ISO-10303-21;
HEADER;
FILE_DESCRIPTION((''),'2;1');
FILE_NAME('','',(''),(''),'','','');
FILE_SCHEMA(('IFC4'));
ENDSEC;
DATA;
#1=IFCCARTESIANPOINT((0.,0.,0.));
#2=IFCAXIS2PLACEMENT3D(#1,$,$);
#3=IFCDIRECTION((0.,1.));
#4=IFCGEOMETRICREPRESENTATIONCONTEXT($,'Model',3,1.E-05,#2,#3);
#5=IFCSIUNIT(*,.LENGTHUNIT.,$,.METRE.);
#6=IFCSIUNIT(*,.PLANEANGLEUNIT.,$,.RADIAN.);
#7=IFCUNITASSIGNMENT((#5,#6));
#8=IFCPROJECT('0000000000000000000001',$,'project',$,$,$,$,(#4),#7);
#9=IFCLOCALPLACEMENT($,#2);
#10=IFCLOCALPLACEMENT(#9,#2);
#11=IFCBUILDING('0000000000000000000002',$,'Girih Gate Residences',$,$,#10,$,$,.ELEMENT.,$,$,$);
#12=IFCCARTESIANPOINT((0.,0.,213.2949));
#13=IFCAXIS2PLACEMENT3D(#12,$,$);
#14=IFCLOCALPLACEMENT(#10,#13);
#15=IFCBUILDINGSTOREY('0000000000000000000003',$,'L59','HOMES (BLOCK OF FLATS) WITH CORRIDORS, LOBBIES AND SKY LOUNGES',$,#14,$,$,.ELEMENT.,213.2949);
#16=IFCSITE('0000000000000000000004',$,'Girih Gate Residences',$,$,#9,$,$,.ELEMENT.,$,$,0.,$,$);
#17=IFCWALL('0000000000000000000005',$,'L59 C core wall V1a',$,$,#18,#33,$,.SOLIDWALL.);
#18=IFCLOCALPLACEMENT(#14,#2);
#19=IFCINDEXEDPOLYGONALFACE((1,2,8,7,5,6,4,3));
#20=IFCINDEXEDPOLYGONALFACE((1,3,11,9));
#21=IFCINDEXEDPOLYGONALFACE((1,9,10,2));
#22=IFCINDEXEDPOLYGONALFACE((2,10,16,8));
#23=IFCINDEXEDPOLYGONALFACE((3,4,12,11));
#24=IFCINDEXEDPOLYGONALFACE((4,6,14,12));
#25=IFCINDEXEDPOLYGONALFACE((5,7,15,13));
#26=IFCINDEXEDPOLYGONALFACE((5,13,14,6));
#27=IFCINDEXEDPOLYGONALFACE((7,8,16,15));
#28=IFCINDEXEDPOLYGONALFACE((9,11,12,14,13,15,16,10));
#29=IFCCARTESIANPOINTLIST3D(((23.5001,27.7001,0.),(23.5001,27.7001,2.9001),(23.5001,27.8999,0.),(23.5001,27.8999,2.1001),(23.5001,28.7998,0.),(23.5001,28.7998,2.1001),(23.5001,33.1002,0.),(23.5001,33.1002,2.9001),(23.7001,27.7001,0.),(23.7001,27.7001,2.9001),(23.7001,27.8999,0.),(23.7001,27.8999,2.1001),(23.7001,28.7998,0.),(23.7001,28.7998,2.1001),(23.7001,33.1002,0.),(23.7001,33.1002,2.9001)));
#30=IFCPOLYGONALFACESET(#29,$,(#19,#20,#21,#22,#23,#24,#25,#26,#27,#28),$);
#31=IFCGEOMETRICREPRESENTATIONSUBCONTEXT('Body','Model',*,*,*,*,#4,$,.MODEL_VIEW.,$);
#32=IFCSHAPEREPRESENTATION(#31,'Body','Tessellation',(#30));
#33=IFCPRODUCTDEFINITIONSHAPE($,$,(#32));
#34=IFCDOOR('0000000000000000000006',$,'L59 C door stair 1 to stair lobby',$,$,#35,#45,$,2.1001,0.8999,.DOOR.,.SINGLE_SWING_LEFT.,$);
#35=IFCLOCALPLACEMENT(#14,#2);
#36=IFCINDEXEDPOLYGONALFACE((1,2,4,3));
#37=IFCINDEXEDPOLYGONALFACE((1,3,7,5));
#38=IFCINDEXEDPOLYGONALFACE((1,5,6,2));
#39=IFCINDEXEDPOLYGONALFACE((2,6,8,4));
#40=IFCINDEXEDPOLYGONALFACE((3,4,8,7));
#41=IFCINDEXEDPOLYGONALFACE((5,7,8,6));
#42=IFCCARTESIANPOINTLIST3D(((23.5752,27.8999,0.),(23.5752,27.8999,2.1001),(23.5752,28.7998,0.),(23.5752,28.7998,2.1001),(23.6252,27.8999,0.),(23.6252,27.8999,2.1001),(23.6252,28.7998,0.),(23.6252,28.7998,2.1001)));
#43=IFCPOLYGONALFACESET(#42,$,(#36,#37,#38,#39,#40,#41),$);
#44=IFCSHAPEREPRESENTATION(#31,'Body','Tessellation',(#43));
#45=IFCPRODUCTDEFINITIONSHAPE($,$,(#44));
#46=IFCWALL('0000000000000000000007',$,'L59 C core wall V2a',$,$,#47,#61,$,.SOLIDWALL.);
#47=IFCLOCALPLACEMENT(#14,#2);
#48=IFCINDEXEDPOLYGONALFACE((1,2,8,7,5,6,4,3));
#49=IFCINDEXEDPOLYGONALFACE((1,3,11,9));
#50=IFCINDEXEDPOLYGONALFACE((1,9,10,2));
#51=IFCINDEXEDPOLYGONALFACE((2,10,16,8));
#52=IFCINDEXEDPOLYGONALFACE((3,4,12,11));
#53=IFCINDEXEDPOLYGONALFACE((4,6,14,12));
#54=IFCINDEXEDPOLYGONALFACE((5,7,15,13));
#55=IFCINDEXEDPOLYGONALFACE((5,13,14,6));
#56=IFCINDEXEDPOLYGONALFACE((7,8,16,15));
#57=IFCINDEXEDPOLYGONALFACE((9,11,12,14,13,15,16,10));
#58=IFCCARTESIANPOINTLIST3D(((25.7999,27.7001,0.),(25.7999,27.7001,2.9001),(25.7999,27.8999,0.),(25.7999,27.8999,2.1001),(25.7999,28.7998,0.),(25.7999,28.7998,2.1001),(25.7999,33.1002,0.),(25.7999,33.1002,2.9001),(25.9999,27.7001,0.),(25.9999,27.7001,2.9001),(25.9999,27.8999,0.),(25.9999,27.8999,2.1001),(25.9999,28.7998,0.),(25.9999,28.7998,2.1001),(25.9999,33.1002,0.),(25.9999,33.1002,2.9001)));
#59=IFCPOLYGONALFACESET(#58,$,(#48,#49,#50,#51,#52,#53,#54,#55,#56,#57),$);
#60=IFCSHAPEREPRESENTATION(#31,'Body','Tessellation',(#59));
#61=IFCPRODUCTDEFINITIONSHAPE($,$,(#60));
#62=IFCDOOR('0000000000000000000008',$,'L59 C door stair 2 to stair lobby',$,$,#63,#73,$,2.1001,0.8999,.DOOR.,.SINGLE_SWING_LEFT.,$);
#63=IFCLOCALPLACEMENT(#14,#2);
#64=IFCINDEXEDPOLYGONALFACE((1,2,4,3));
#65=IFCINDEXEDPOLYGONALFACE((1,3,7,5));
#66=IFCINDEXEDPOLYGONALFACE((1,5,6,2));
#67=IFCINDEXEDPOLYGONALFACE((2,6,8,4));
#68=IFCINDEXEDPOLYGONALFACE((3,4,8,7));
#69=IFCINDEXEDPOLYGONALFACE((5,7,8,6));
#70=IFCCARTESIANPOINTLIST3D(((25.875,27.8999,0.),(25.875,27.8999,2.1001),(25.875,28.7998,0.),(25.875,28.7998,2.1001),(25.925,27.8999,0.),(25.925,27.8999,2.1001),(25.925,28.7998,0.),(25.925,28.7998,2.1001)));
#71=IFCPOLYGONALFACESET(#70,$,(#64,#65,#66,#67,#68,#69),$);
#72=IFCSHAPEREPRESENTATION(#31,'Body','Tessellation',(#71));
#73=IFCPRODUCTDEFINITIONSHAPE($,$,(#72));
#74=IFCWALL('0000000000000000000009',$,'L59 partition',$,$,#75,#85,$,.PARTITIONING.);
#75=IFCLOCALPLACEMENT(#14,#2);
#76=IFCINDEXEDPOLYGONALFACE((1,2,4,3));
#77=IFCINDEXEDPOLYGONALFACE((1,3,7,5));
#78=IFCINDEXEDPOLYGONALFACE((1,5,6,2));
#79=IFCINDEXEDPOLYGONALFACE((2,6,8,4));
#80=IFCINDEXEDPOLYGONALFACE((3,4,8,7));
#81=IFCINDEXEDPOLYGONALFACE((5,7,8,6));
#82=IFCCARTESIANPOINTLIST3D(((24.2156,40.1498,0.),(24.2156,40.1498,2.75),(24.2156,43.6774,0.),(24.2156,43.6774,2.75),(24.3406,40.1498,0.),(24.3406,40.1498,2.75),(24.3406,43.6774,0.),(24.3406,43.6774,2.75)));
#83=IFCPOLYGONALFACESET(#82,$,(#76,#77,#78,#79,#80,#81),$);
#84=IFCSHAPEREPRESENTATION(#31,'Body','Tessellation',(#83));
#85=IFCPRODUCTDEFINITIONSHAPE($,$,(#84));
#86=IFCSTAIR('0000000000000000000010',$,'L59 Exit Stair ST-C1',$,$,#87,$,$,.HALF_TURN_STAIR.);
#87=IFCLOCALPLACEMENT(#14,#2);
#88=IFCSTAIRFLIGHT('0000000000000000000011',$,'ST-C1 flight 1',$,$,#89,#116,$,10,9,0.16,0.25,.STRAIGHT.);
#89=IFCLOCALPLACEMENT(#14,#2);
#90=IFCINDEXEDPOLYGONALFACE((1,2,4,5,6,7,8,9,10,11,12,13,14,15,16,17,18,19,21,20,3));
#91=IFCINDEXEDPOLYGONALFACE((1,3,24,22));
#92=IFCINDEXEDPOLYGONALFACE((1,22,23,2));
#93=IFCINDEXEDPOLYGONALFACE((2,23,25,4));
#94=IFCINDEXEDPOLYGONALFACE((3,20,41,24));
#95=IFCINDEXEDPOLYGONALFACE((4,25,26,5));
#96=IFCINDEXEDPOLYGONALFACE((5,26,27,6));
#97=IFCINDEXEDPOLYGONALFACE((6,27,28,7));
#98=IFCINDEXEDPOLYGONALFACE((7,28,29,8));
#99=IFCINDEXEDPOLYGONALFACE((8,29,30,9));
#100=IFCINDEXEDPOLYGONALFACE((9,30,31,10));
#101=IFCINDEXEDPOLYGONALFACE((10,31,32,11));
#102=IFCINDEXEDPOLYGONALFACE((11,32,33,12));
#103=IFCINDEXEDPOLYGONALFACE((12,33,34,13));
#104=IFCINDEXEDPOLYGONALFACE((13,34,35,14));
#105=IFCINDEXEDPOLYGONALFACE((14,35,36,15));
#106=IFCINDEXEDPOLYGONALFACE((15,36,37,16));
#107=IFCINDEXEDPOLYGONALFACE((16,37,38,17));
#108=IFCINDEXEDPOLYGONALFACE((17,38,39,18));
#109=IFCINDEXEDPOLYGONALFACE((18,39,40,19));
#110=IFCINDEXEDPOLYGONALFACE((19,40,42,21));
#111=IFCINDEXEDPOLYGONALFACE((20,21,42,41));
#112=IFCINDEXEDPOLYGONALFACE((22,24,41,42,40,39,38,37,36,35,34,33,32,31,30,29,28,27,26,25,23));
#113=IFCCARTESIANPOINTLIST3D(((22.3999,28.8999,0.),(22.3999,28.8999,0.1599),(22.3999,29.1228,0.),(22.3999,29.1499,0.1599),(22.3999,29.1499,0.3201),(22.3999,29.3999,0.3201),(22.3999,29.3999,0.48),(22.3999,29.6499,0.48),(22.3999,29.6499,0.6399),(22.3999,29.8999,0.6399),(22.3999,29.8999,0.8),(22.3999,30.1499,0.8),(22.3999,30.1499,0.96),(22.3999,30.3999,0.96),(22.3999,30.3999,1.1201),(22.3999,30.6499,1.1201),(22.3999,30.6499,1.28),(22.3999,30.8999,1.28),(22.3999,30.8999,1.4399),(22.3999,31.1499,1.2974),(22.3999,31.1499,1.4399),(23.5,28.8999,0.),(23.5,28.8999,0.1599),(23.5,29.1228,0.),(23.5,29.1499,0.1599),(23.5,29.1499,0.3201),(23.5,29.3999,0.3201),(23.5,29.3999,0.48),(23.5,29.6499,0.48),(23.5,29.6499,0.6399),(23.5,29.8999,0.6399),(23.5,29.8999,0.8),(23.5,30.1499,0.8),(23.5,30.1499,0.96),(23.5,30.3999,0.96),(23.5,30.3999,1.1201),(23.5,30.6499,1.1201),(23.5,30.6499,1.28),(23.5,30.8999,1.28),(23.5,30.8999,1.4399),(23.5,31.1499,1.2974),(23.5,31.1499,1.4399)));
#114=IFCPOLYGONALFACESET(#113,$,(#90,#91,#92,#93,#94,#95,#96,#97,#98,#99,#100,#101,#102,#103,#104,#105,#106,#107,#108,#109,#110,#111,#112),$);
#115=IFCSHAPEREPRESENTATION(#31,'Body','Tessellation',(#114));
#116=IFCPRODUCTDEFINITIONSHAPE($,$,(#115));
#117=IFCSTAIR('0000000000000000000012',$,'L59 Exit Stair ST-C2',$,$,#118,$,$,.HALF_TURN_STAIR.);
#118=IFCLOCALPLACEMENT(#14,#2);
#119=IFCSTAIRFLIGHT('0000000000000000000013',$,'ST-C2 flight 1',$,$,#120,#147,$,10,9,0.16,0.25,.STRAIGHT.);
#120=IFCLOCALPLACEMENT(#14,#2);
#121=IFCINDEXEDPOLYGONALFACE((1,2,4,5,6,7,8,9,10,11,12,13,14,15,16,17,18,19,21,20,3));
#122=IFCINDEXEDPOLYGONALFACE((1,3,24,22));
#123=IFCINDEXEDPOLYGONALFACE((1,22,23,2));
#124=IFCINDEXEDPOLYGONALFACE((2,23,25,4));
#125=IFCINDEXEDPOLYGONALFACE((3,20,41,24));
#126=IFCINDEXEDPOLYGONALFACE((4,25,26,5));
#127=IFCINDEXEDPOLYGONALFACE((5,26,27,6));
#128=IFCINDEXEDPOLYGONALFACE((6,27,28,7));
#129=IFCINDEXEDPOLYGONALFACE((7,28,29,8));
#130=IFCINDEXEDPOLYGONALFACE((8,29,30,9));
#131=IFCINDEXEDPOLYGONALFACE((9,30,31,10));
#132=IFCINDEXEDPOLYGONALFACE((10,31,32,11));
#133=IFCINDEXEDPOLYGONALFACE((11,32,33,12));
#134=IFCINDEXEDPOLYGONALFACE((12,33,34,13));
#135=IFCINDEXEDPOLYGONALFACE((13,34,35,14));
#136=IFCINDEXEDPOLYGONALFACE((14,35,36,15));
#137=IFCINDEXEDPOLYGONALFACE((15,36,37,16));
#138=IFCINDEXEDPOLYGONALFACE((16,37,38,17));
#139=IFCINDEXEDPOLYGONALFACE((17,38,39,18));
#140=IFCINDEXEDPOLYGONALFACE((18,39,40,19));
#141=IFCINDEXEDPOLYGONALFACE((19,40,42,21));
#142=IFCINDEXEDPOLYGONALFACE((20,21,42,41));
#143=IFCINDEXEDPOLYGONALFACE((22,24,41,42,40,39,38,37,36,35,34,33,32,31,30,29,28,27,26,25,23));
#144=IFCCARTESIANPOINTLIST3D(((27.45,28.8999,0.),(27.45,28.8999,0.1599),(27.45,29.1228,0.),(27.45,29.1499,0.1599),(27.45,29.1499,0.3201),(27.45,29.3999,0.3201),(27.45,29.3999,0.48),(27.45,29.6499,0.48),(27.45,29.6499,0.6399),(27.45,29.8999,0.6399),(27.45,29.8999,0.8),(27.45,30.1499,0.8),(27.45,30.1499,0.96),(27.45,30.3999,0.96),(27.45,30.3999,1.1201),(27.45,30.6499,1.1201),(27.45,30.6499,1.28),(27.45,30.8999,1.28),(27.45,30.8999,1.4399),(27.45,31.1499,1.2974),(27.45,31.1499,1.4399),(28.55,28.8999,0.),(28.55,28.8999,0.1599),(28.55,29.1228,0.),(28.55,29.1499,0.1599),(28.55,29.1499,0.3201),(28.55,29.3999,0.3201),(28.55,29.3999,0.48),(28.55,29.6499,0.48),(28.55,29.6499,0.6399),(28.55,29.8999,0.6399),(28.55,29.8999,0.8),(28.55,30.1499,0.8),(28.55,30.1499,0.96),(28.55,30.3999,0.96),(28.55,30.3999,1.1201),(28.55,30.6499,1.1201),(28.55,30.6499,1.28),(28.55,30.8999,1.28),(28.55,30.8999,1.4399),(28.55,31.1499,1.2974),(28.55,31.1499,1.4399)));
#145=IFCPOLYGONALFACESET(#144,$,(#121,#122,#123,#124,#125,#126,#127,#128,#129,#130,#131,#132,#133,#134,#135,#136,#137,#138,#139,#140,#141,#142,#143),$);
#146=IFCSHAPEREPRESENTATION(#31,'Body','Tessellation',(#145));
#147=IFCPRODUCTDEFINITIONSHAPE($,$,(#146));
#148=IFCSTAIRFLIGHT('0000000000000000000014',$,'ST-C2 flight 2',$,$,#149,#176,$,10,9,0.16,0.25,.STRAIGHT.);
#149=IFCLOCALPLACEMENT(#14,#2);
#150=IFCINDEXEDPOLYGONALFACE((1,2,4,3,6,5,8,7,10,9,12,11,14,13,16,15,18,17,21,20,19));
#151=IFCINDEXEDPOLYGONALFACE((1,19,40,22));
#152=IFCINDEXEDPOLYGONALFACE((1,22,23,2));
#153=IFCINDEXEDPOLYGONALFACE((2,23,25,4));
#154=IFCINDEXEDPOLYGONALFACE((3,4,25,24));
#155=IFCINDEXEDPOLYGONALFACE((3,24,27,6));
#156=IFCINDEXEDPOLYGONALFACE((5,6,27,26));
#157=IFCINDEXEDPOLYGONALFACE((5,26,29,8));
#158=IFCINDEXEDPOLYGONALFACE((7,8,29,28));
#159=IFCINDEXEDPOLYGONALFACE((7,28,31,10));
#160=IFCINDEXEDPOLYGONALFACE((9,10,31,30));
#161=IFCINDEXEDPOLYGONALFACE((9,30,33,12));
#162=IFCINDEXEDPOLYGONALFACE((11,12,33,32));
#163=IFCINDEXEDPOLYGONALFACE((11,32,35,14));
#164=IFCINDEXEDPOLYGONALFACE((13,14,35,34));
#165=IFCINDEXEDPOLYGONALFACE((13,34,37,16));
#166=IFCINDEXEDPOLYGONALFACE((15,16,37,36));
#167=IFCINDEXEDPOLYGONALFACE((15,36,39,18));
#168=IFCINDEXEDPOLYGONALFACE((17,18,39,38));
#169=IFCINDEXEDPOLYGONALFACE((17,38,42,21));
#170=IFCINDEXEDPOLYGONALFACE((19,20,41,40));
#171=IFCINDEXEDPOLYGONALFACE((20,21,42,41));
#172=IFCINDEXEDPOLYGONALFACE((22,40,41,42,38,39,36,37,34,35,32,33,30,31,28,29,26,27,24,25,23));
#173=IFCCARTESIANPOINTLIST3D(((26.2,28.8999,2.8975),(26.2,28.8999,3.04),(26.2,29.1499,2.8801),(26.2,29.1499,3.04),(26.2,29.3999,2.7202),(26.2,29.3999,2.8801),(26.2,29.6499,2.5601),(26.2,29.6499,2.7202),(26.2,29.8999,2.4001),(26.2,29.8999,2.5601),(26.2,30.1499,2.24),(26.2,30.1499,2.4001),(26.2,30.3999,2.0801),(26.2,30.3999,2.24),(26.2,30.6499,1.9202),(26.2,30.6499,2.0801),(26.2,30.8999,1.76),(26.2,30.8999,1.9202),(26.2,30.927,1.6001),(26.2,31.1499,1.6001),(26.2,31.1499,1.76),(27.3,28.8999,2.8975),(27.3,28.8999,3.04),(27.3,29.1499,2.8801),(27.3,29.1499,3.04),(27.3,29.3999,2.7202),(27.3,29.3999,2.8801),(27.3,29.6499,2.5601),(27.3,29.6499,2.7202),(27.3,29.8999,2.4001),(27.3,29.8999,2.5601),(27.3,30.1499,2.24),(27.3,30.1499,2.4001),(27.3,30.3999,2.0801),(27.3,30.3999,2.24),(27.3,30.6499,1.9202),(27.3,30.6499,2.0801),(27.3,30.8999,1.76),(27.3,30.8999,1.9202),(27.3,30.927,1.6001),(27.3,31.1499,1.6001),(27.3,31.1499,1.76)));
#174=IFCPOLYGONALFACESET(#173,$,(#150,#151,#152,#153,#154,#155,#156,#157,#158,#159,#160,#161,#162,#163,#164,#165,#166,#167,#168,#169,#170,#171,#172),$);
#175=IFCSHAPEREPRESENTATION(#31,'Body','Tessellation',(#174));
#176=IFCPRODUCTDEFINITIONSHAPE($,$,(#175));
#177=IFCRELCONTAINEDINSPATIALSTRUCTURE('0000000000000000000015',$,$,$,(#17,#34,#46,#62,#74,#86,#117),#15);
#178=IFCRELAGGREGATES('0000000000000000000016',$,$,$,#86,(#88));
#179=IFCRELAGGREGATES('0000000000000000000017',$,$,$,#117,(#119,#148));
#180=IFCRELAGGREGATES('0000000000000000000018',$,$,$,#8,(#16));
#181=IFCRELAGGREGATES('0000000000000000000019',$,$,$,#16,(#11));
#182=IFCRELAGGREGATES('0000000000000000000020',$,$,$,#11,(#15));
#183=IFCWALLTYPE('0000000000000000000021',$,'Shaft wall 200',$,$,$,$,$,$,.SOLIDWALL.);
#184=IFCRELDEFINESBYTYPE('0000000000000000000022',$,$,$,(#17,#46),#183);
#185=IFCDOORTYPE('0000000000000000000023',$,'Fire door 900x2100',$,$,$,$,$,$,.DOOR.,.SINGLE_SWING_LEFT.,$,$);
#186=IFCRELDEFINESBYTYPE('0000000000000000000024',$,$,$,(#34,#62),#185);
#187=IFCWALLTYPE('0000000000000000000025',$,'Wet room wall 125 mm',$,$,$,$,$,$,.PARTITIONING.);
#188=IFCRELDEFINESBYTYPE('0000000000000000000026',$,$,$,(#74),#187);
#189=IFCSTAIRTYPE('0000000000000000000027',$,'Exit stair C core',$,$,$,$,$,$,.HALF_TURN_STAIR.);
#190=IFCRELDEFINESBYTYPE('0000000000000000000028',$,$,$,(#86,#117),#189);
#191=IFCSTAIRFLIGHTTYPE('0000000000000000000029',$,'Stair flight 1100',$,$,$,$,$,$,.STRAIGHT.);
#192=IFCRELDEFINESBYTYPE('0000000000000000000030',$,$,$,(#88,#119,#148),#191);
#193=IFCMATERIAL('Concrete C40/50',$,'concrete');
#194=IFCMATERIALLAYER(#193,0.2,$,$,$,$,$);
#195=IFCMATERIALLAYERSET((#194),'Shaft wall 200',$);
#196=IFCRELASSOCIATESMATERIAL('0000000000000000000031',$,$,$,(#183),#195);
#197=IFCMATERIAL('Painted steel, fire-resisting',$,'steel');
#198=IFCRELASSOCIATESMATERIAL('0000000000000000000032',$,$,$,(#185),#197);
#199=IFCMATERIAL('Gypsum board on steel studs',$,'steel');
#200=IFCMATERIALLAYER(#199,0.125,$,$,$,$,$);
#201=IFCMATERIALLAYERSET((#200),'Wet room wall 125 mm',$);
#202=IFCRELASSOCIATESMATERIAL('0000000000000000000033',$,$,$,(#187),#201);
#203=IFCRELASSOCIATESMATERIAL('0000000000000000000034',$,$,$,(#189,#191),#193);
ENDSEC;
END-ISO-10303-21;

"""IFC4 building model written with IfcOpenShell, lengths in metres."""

from ifc_helpers import new_model, si_unit, direction, frame, frame_2d, origin, place, context, subcontext, project, spatial, polyline, rectangle, outline, extrude, material, layer, layer_set, type_object, element, fill, aggregate, save


model = new_model("IFC4")

# Units and contexts
model_context = context("Model", 3, precision=1e-05, world=origin(), true_north=direction((0.0, 1.0)))
body_context = subcontext(model_context, "Body", "Model", "MODEL_VIEW")
ifc_project = project(units=[si_unit("LENGTHUNIT", "METRE"), si_unit("PLANEANGLEUNIT", "RADIAN")], contexts=[model_context])

# Site, building, storey
site_placement = place(None, origin())
site = spatial("IfcSite", under=ifc_project, at=site_placement, Name="Girih Gate Residences", CompositionType="ELEMENT", RefElevation=0.0)
building_placement = place(site_placement, origin())
building = spatial("IfcBuilding", under=site, at=building_placement, Name="Girih Gate Residences", CompositionType="ELEMENT")
storey_placement = place(building_placement, frame((0.0, 0.0, 213.2949)))
storey = spatial("IfcBuildingStorey", under=building, at=storey_placement, Name="L59", Description="HOMES (BLOCK OF FLATS) WITH CORRIDORS, LOBBIES AND SKY LOUNGES", CompositionType="ELEMENT", Elevation=213.2949)

# Shared definitions
ifc_material_1 = material(Name="Concrete C40/50", Category="concrete")

# Walls, openings, doors
ifc_layer_1 = layer(ifc_material_1, 0.2)
ifc_layer_set_1 = layer_set([ifc_layer_1], Name="Shaft wall 200")
wall_type_1 = type_object("IfcWallType", Name="Shaft wall 200", PredefinedType="SOLIDWALL", material=ifc_layer_set_1)
wall_1_placement = place(storey_placement, frame((23.6001, 27.7, 0.0), z_axis=(0.0, 0.0, 1.0), x_axis=(0.0, 1.0, 0.0)))
wall_1 = element("IfcWall", 1, at=wall_1_placement, inside=storey, type_object=wall_type_1, Name="L59 C core wall V1a", PredefinedType="SOLIDWALL", context=body_context, shape_type="SweptSolid", body=[
    extrude(rectangle(XDim=5.4001, YDim=0.2, at=frame_2d((2.7002, 0.0))), origin(), (0.0, 0.0, 1.0), 2.9001),
])
opening_1_placement = place(wall_1_placement, frame((0.2, 0.0, 0.0)))
opening_1 = element("IfcOpeningElement", 2, at=opening_1_placement, cuts=wall_1, PredefinedType="OPENING", context=body_context, shape_type="SweptSolid", body=[
    extrude(rectangle(XDim=0.8999, YDim=2.1001, at=frame_2d((0.45, 1.05))), frame((0.0, 0.1099, 0.0), z_axis=(0.0, -1.0, 0.0), x_axis=(1.0, 0.0, 0.0)), (0.0, 0.0, 1.0), 0.22),
])
ifc_material_2 = material(Name="Painted steel, fire-resisting", Category="steel")
door_type = type_object("IfcDoorType", Name="Fire door 900x2100", OperationType="SINGLE_SWING_LEFT", PredefinedType="DOOR", material=ifc_material_2)
door_1_placement = place(opening_1_placement, origin())
door_1 = element("IfcDoor", 3, at=door_1_placement, inside=storey, type_object=door_type, Name="L59 C door stair 1 to stair lobby", OperationType="SINGLE_SWING_LEFT", OverallHeight=2.1001, OverallWidth=0.8999, PredefinedType="DOOR", context=body_context, shape_type="SweptSolid", body=[
    extrude(rectangle(XDim=0.8999, YDim=2.1001, at=frame_2d((0.45, 1.05))), frame((0.0, 0.0249, 0.0), z_axis=(0.0, -1.0, 0.0), x_axis=(1.0, 0.0, 0.0)), (0.0, 0.0, 1.0), 0.05),
])
fill(opening_1, door_1)
wall_2_placement = place(storey_placement, frame((25.8999, 27.7, 0.0), z_axis=(0.0, 0.0, 1.0), x_axis=(0.0, 1.0, 0.0)))
wall_2 = element("IfcWall", 4, at=wall_2_placement, inside=storey, type_object=wall_type_1, Name="L59 C core wall V2a", PredefinedType="SOLIDWALL", context=body_context, shape_type="SweptSolid", body=[
    extrude(rectangle(XDim=5.4001, YDim=0.2, at=frame_2d((2.7002, 0.0))), origin(), (0.0, 0.0, 1.0), 2.9001),
])
opening_2_placement = place(wall_2_placement, frame((0.2, 0.0, 0.0)))
opening_2 = element("IfcOpeningElement", 5, at=opening_2_placement, cuts=wall_2, PredefinedType="OPENING", context=body_context, shape_type="SweptSolid", body=[
    extrude(rectangle(XDim=0.8999, YDim=2.1001, at=frame_2d((0.45, 1.05))), frame((0.0, 0.1099, 0.0), z_axis=(0.0, -1.0, 0.0), x_axis=(1.0, 0.0, 0.0)), (0.0, 0.0, 1.0), 0.22),
])
door_2_placement = place(opening_2_placement, origin())
door_2 = element("IfcDoor", 6, at=door_2_placement, inside=storey, type_object=door_type, Name="L59 C door stair 2 to stair lobby", OperationType="SINGLE_SWING_LEFT", OverallHeight=2.1001, OverallWidth=0.8999, PredefinedType="DOOR", context=body_context, shape_type="SweptSolid", body=[
    extrude(rectangle(XDim=0.8999, YDim=2.1001, at=frame_2d((0.45, 1.05))), frame((0.0, 0.0249, 0.0), z_axis=(0.0, -1.0, 0.0), x_axis=(1.0, 0.0, 0.0)), (0.0, 0.0, 1.0), 0.05),
])
fill(opening_2, door_2)

# Wall
ifc_material_3 = material(Name="Gypsum board on steel studs", Category="steel")
ifc_layer_2 = layer(ifc_material_3, 0.125)
ifc_layer_set_2 = layer_set([ifc_layer_2], Name="Wet room wall 125 mm")
wall_type_2 = type_object("IfcWallType", Name="Wet room wall 125 mm", PredefinedType="PARTITIONING", material=ifc_layer_set_2)
wall_3_placement = place(storey_placement, frame((24.2781, 40.1499, 0.0), z_axis=(0.0, 0.0, 1.0), x_axis=(0.0, 1.0, 0.0)))
element("IfcWall", 7, at=wall_3_placement, inside=storey, type_object=wall_type_2, Name="L59 partition", PredefinedType="PARTITIONING", context=body_context, shape_type="SweptSolid", body=[
    extrude(rectangle(XDim=3.5276, YDim=0.125, at=frame_2d((1.7637, 0.0))), origin(), (0.0, 0.0, 1.0), 2.75),
])

# Stair, stair flight
stair_type = type_object("IfcStairType", Name="Exit stair C core", PredefinedType="HALF_TURN_STAIR", material=ifc_material_1)
stair_1_placement = place(storey_placement, origin())
stair_1 = element("IfcStair", 8, at=stair_1_placement, inside=storey, type_object=stair_type, Name="L59 Exit Stair ST-C1", PredefinedType="HALF_TURN_STAIR")
stair_flight_type = type_object("IfcStairFlightType", Name="Stair flight 1100", PredefinedType="STRAIGHT", material=ifc_material_1)
stair_flight_1_placement = place(storey_placement, frame((22.95, 28.8999, 0.0), z_axis=(0.0, 0.0, 1.0), x_axis=(0.0, 1.0, 0.0)))
stair_flight_1 = element("IfcStairFlight", 9, at=stair_flight_1_placement, type_object=stair_flight_type, Name="ST-C1 flight 1", NumberOfRisers=10, NumberOfTreads=9, PredefinedType="STRAIGHT", RiserHeight=0.16, TreadLength=0.25, context=body_context, shape_type="SweptSolid", body=[
    extrude(outline(polyline([(0.0, 0.0), (0.0, 0.1599), (0.25, 0.1599), (0.25, 0.3201), (0.5, 0.3201), (0.5, 0.48), (0.75, 0.48), (0.75, 0.6399), (1.0, 0.6399), (1.0, 0.8), (1.25, 0.8), (1.25, 0.96), (1.5, 0.96), (1.5, 1.1201), (1.75, 1.1201), (1.75, 1.28), (2.0, 1.28), (2.0, 1.4399), (2.25, 1.4399), (2.25, 1.6001), (2.25, 1.2974), (0.2229, 0.0), (0.0, 0.0)])), frame((0.0, 0.55, 0.0), z_axis=(0.0, -1.0, 0.0), x_axis=(1.0, 0.0, 0.0)), (0.0, 0.0, 1.0), 1.1001),
])
aggregate(stair_1, [stair_flight_1])

# Stair, stair flights
stair_2_placement = place(storey_placement, origin())
stair_2 = element("IfcStair", 10, at=stair_2_placement, inside=storey, type_object=stair_type, Name="L59 Exit Stair ST-C2", PredefinedType="HALF_TURN_STAIR")
stair_flight_2_placement = place(storey_placement, frame((28.0, 28.8999, 0.0), z_axis=(0.0, 0.0, 1.0), x_axis=(0.0, 1.0, 0.0)))
stair_flight_2 = element("IfcStairFlight", 11, at=stair_flight_2_placement, type_object=stair_flight_type, Name="ST-C2 flight 1", NumberOfRisers=10, NumberOfTreads=9, PredefinedType="STRAIGHT", RiserHeight=0.16, TreadLength=0.25, context=body_context, shape_type="SweptSolid", body=[
    extrude(outline(polyline([(0.0, 0.0), (0.0, 0.1599), (0.25, 0.1599), (0.25, 0.3201), (0.5, 0.3201), (0.5, 0.48), (0.75, 0.48), (0.75, 0.6399), (1.0, 0.6399), (1.0, 0.8), (1.25, 0.8), (1.25, 0.96), (1.5, 0.96), (1.5, 1.1201), (1.75, 1.1201), (1.75, 1.28), (2.0, 1.28), (2.0, 1.4399), (2.25, 1.4399), (2.25, 1.6001), (2.25, 1.2974), (0.2229, 0.0), (0.0, 0.0)])), frame((0.0, 0.55, 0.0), z_axis=(0.0, -1.0, 0.0), x_axis=(1.0, 0.0, 0.0)), (0.0, 0.0, 1.0), 1.1001),
])
stair_flight_3_placement = place(storey_placement, frame((26.75, 31.1499, 1.6001), z_axis=(0.0, 0.0, 1.0), x_axis=(0.0, -1.0, 0.0)))
stair_flight_3 = element("IfcStairFlight", 12, at=stair_flight_3_placement, type_object=stair_flight_type, Name="ST-C2 flight 2", NumberOfRisers=10, NumberOfTreads=9, PredefinedType="STRAIGHT", RiserHeight=0.16, TreadLength=0.25, context=body_context, shape_type="SweptSolid", body=[
    extrude(outline(polyline([(0.0, 0.0), (0.0, 0.1599), (0.25, 0.1599), (0.25, 0.3201), (0.5, 0.3201), (0.5, 0.48), (0.75, 0.48), (0.75, 0.6399), (1.0, 0.6399), (1.0, 0.8), (1.25, 0.8), (1.25, 0.96), (1.5, 0.96), (1.5, 1.1201), (1.75, 1.1201), (1.75, 1.28), (2.0, 1.28), (2.0, 1.4399), (2.25, 1.4399), (2.25, 1.6001), (2.25, 1.2974), (0.2229, 0.0), (0.0, 0.0)])), frame((0.0, 0.55, 0.0), z_axis=(0.0, -1.0, 0.0), x_axis=(1.0, 0.0, 0.0)), (0.0, 0.0, 1.0), 1.1001),
])
aggregate(stair_2, [stair_flight_2, stair_flight_3])

save(model, "model.ifc")
